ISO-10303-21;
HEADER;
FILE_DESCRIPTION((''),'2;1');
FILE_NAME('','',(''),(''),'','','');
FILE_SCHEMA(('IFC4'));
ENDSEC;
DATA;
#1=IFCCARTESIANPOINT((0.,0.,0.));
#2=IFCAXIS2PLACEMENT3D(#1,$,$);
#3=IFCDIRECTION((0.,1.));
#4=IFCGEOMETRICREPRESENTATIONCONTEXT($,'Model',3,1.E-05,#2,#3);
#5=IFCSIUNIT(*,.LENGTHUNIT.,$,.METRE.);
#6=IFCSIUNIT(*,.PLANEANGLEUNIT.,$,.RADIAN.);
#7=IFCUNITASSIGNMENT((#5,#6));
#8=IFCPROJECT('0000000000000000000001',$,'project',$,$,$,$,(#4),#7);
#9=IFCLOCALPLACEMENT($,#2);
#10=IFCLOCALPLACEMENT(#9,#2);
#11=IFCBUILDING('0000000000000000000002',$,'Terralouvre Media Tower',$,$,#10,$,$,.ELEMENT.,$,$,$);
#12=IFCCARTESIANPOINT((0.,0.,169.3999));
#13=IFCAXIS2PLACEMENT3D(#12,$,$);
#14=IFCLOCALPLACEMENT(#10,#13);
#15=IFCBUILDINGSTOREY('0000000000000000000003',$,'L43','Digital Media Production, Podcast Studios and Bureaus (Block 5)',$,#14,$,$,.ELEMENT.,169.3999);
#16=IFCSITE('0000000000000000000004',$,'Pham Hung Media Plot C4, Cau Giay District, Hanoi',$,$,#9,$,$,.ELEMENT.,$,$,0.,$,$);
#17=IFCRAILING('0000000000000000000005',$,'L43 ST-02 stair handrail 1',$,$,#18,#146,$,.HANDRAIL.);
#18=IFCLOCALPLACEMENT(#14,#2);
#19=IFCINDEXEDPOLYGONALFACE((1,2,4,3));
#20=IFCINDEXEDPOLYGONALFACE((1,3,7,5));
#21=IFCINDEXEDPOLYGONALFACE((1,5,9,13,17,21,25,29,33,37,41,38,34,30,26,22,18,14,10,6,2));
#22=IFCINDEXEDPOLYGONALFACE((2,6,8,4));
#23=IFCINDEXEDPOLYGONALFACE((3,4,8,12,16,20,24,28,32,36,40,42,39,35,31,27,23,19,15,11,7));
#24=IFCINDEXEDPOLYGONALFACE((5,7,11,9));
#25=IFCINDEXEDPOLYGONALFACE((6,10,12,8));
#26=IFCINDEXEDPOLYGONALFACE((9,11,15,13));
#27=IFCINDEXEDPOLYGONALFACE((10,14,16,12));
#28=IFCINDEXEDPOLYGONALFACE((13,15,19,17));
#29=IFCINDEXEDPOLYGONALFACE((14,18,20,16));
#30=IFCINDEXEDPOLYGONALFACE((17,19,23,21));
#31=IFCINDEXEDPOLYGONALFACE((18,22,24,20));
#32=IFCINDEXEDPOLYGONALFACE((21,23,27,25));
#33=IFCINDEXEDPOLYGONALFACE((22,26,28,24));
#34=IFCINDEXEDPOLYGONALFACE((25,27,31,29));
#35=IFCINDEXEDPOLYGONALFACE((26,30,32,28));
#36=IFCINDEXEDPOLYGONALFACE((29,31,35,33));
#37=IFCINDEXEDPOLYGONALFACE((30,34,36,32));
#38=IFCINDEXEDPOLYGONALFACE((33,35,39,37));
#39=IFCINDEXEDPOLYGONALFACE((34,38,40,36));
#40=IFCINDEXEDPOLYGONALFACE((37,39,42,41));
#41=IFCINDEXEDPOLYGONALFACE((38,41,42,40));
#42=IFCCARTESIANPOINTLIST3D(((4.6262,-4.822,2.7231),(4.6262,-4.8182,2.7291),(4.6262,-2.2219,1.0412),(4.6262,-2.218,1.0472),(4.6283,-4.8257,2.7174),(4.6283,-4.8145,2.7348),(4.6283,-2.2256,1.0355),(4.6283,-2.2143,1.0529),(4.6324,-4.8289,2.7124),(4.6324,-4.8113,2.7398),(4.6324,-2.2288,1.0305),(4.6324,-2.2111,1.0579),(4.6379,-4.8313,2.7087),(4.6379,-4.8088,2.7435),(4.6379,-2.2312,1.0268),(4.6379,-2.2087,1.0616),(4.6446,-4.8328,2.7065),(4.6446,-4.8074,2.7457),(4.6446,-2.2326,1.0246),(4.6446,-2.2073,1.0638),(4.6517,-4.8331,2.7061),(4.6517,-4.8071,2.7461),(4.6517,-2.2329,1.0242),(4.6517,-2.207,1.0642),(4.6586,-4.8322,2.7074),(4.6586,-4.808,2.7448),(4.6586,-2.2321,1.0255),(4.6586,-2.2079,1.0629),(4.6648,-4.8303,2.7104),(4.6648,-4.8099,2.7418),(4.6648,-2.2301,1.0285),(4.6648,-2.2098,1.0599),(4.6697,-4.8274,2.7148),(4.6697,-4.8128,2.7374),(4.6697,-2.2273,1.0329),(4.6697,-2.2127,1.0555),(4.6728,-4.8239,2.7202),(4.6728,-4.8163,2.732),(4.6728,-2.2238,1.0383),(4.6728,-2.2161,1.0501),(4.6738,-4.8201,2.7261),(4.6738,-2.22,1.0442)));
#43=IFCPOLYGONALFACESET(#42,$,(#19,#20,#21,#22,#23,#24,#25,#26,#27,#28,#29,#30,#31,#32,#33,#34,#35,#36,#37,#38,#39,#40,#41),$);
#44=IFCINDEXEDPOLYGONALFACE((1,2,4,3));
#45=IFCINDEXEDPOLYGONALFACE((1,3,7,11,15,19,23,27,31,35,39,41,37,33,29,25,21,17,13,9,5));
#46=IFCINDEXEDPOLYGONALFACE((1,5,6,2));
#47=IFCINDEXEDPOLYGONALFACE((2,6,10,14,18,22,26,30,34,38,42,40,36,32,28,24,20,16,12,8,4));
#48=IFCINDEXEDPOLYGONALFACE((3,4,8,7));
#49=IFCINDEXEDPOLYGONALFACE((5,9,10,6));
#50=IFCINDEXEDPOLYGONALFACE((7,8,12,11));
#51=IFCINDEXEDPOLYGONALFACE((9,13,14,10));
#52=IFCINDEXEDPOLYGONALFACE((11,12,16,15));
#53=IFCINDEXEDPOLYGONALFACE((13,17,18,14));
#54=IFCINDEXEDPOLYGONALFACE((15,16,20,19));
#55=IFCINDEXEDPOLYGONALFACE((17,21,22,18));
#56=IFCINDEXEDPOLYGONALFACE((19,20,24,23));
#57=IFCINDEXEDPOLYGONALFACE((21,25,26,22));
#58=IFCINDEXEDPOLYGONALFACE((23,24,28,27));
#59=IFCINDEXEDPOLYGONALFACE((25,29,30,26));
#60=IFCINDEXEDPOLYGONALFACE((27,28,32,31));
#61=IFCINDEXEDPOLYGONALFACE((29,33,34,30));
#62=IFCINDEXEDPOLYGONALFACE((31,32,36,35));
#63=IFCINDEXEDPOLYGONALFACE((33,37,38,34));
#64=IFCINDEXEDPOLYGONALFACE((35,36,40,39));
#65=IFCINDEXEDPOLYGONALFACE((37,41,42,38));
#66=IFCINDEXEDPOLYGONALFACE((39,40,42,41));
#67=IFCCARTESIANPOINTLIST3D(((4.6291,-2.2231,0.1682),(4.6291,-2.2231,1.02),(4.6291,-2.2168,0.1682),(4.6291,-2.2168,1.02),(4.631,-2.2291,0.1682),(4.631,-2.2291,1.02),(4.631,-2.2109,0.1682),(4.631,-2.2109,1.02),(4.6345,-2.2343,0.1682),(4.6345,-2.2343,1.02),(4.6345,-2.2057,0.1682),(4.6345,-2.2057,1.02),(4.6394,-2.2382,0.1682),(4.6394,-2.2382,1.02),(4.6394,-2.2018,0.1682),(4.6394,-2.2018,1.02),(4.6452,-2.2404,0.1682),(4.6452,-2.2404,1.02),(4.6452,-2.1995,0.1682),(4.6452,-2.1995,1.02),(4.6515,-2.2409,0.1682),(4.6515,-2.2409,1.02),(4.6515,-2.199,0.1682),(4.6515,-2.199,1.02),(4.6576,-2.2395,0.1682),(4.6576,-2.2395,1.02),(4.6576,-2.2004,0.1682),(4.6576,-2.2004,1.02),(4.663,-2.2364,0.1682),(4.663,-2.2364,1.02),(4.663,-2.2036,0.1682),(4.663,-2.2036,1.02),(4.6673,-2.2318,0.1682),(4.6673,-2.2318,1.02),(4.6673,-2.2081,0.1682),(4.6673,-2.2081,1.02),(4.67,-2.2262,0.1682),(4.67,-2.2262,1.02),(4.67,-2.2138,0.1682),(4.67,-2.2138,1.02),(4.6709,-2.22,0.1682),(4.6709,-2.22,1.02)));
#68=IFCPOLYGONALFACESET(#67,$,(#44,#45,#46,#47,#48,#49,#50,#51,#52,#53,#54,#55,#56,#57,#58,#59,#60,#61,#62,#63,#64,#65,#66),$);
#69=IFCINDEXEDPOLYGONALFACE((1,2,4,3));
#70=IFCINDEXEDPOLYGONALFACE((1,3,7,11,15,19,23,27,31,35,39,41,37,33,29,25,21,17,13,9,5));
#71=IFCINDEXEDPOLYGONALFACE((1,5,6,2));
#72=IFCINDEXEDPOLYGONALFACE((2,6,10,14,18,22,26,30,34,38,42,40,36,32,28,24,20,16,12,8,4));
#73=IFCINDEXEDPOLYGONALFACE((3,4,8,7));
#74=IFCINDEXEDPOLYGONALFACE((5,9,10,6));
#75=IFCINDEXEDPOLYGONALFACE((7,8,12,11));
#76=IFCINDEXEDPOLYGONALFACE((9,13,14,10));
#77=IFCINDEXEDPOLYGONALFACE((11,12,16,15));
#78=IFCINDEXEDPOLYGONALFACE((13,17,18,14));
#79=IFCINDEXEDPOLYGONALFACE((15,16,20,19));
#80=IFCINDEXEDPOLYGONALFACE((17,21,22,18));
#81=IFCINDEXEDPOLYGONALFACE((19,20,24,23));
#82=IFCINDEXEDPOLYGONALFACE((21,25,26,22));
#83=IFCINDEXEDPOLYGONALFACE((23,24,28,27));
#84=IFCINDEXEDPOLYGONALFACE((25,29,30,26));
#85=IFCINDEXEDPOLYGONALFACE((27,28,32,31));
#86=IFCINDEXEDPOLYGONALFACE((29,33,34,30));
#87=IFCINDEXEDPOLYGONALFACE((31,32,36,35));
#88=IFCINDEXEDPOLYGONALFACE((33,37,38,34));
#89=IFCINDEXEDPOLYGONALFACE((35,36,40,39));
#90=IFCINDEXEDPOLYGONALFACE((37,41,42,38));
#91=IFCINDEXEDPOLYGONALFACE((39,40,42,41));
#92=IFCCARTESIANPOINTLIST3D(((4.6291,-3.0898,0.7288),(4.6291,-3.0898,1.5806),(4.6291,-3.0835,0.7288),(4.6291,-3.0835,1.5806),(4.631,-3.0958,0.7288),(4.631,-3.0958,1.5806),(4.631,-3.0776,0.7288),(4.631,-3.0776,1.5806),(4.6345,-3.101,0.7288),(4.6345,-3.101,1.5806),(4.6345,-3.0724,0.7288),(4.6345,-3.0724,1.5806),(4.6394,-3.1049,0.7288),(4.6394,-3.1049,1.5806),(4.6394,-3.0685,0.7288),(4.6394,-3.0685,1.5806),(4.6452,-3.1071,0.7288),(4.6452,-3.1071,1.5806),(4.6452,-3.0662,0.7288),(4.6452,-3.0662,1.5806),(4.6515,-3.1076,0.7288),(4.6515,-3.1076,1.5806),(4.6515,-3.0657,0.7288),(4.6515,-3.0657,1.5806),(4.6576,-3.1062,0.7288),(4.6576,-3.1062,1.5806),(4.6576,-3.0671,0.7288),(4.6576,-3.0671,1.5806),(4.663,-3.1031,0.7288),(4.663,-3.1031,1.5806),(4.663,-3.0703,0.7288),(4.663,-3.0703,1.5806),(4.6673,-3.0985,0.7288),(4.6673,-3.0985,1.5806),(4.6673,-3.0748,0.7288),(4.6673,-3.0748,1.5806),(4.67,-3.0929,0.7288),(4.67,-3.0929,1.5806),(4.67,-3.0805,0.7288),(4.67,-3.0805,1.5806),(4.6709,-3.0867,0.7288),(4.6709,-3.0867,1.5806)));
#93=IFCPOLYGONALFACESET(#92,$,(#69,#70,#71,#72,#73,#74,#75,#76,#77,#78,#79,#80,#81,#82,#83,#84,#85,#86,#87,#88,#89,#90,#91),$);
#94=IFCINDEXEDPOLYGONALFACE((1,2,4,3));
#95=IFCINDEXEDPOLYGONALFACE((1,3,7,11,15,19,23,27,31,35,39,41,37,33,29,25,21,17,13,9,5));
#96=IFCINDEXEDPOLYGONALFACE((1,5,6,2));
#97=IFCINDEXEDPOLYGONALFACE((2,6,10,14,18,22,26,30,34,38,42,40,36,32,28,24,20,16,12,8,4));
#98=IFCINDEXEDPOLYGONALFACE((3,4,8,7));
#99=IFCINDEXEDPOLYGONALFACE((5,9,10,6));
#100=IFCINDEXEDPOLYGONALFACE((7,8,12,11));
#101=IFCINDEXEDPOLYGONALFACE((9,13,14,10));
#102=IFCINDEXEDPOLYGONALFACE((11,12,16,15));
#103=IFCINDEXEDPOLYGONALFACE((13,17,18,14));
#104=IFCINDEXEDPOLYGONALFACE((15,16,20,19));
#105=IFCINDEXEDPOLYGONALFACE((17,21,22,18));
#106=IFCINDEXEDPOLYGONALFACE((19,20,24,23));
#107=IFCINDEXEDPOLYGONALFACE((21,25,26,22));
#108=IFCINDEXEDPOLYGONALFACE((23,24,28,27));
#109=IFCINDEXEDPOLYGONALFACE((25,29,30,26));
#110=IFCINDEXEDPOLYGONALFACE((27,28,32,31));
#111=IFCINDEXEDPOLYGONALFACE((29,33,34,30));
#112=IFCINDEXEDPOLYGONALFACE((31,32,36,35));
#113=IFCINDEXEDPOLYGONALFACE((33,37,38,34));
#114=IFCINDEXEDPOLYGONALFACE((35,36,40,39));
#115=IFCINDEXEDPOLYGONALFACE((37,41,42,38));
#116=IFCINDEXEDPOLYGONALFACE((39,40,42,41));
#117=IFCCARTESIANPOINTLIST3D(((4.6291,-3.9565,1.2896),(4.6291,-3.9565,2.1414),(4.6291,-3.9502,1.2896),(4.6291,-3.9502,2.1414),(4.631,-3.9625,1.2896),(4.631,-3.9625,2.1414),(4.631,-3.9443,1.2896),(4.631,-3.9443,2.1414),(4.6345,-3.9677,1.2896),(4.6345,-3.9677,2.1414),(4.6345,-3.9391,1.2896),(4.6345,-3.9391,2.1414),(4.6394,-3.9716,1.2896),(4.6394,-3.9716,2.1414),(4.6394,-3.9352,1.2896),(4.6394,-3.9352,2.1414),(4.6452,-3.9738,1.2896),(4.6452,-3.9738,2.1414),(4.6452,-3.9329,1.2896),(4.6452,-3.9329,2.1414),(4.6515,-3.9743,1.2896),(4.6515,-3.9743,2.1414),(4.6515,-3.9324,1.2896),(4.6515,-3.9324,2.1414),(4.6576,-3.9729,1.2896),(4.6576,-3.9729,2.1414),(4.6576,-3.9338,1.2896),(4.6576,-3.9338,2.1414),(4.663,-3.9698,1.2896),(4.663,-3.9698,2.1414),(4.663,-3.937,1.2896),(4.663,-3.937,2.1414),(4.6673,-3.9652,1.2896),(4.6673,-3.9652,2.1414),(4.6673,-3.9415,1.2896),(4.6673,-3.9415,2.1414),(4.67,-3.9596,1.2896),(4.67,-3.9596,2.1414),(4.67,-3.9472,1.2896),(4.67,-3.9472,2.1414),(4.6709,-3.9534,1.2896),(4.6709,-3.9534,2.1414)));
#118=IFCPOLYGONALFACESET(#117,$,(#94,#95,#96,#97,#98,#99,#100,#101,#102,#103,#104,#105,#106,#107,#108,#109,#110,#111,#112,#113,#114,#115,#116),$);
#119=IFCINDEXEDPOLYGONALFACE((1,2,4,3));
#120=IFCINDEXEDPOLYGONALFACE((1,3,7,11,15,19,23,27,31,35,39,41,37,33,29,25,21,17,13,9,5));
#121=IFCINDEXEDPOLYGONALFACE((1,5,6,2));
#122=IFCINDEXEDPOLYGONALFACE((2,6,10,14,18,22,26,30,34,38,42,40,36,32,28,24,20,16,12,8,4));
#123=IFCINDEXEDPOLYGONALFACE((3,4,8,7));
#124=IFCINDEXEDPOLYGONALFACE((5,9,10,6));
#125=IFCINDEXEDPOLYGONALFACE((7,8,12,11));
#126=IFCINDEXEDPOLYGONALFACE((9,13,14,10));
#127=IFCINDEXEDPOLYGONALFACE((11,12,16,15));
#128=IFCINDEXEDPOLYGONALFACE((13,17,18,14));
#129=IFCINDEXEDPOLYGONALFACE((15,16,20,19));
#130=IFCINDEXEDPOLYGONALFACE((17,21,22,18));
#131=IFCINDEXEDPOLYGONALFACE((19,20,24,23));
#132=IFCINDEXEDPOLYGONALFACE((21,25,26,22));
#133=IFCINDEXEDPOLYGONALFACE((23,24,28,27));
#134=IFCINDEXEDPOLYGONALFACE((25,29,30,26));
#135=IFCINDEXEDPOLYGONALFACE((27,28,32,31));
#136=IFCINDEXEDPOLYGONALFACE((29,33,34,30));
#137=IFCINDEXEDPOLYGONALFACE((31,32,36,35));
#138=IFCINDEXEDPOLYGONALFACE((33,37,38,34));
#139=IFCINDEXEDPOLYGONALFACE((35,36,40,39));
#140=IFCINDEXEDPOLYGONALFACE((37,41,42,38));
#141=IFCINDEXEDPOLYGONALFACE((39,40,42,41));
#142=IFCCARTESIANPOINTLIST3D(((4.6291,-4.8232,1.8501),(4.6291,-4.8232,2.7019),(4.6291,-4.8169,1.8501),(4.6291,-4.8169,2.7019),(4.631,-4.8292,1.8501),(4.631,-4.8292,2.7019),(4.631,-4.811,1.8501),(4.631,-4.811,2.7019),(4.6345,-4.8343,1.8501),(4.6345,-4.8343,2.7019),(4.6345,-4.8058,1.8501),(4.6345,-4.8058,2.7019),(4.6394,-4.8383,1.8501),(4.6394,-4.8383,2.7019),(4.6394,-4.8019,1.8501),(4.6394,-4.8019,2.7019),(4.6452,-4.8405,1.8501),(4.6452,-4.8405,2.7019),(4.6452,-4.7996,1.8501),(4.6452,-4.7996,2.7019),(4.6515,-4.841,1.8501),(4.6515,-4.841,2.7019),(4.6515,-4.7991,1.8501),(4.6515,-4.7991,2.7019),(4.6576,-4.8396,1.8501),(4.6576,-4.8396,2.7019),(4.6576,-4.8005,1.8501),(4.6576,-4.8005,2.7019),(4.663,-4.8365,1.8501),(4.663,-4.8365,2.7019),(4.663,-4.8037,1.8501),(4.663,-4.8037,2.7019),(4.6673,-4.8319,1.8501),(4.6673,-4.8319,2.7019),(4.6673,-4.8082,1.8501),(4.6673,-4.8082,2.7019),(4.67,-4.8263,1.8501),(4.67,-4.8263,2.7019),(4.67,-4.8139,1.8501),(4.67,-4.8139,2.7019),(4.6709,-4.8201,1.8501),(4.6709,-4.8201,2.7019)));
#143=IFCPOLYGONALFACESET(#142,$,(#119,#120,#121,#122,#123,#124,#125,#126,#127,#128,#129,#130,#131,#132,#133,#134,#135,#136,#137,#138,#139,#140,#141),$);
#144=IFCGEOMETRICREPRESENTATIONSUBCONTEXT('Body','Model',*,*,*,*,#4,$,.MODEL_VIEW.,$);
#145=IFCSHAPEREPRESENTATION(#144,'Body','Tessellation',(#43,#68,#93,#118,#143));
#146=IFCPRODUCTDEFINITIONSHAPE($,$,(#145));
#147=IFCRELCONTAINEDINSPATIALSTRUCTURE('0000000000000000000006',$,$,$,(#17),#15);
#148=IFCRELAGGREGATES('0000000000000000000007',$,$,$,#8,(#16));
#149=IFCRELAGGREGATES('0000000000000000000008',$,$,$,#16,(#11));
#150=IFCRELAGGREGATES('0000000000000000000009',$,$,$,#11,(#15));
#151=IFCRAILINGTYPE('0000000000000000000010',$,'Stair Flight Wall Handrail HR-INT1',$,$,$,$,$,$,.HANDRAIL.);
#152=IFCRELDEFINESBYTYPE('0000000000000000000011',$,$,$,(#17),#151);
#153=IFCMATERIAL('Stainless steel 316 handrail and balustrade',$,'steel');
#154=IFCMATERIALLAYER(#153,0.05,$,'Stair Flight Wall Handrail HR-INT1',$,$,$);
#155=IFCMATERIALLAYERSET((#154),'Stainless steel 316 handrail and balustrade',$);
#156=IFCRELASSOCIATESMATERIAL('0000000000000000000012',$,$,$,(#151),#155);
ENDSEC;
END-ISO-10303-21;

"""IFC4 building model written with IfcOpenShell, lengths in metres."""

from ifc_helpers import new_model, si_unit, direction, frame, origin, origin_2d, place, context, subcontext, project, spatial, circle, extrude, material, layer, layer_set, type_object, element, save


model = new_model("IFC4")

# Units and contexts
model_context = context("Model", 3, precision=1e-05, world=origin(), true_north=direction((0.0, 1.0)))
body_context = subcontext(model_context, "Body", "Model", "MODEL_VIEW")
ifc_project = project(units=[si_unit("LENGTHUNIT", "METRE"), si_unit("PLANEANGLEUNIT", "RADIAN")], contexts=[model_context])

# Site, building, storey
site_placement = place(None, origin())
site = spatial("IfcSite", under=ifc_project, at=site_placement, Name="Pham Hung Media Plot C4, Cau Giay District, Hanoi", CompositionType="ELEMENT", RefElevation=0.0)
building_placement = place(site_placement, origin())
building = spatial("IfcBuilding", under=site, at=building_placement, Name="Terralouvre Media Tower", CompositionType="ELEMENT")
storey_placement = place(building_placement, frame((0.0, 0.0, 169.3999)))
storey = spatial("IfcBuildingStorey", under=building, at=storey_placement, Name="L43", Description="Digital Media Production, Podcast Studios and Bureaus (Block 5)", CompositionType="ELEMENT", Elevation=169.3999)

# Railing
ifc_material_1 = material(Name="Stainless steel 316 handrail and balustrade", Category="steel")
ifc_layer_1 = layer(ifc_material_1, 0.05, Name="Stair Flight Wall Handrail HR-INT1")
ifc_layer_set_1 = layer_set([ifc_layer_1], Name="Stainless steel 316 handrail and balustrade")
railing_type_1 = type_object("IfcRailingType", Name="Stair Flight Wall Handrail HR-INT1", PredefinedType="HANDRAIL", material=ifc_layer_set_1)
railing_1_placement = place(storey_placement, frame((4.6499, -2.22, 0.1682)))
element("IfcRailing", 1, at=railing_1_placement, inside=storey, type_object=railing_type_1, Name="L43 ST-02 stair handrail 1", PredefinedType="HANDRAIL", context=body_context, shape_type="SweptSolid", body=[
    extrude(circle(Radius=0.0239, at=origin_2d()), frame((0.0, 0.0, 0.876), z_axis=(0.0, -0.839648, 0.54313), x_axis=(1.0, 0.0, 0.0)), (0.0, 0.0, 1.0), 3.0967),
    extrude(circle(Radius=0.021, at=origin_2d()), origin(), (0.0, 0.0, 1.0), 0.8518),
    extrude(circle(Radius=0.021, at=origin_2d()), frame((0.0, -0.8667, 0.5605)), (0.0, 0.0, 1.0), 0.8518),
    extrude(circle(Radius=0.021, at=origin_2d()), frame((0.0, -1.7334, 1.1213)), (0.0, 0.0, 1.0), 0.8518),
    extrude(circle(Radius=0.021, at=origin_2d()), frame((0.0, -2.6001, 1.6819)), (0.0, 0.0, 1.0), 0.8518),
])

save(model, "model.ifc")
